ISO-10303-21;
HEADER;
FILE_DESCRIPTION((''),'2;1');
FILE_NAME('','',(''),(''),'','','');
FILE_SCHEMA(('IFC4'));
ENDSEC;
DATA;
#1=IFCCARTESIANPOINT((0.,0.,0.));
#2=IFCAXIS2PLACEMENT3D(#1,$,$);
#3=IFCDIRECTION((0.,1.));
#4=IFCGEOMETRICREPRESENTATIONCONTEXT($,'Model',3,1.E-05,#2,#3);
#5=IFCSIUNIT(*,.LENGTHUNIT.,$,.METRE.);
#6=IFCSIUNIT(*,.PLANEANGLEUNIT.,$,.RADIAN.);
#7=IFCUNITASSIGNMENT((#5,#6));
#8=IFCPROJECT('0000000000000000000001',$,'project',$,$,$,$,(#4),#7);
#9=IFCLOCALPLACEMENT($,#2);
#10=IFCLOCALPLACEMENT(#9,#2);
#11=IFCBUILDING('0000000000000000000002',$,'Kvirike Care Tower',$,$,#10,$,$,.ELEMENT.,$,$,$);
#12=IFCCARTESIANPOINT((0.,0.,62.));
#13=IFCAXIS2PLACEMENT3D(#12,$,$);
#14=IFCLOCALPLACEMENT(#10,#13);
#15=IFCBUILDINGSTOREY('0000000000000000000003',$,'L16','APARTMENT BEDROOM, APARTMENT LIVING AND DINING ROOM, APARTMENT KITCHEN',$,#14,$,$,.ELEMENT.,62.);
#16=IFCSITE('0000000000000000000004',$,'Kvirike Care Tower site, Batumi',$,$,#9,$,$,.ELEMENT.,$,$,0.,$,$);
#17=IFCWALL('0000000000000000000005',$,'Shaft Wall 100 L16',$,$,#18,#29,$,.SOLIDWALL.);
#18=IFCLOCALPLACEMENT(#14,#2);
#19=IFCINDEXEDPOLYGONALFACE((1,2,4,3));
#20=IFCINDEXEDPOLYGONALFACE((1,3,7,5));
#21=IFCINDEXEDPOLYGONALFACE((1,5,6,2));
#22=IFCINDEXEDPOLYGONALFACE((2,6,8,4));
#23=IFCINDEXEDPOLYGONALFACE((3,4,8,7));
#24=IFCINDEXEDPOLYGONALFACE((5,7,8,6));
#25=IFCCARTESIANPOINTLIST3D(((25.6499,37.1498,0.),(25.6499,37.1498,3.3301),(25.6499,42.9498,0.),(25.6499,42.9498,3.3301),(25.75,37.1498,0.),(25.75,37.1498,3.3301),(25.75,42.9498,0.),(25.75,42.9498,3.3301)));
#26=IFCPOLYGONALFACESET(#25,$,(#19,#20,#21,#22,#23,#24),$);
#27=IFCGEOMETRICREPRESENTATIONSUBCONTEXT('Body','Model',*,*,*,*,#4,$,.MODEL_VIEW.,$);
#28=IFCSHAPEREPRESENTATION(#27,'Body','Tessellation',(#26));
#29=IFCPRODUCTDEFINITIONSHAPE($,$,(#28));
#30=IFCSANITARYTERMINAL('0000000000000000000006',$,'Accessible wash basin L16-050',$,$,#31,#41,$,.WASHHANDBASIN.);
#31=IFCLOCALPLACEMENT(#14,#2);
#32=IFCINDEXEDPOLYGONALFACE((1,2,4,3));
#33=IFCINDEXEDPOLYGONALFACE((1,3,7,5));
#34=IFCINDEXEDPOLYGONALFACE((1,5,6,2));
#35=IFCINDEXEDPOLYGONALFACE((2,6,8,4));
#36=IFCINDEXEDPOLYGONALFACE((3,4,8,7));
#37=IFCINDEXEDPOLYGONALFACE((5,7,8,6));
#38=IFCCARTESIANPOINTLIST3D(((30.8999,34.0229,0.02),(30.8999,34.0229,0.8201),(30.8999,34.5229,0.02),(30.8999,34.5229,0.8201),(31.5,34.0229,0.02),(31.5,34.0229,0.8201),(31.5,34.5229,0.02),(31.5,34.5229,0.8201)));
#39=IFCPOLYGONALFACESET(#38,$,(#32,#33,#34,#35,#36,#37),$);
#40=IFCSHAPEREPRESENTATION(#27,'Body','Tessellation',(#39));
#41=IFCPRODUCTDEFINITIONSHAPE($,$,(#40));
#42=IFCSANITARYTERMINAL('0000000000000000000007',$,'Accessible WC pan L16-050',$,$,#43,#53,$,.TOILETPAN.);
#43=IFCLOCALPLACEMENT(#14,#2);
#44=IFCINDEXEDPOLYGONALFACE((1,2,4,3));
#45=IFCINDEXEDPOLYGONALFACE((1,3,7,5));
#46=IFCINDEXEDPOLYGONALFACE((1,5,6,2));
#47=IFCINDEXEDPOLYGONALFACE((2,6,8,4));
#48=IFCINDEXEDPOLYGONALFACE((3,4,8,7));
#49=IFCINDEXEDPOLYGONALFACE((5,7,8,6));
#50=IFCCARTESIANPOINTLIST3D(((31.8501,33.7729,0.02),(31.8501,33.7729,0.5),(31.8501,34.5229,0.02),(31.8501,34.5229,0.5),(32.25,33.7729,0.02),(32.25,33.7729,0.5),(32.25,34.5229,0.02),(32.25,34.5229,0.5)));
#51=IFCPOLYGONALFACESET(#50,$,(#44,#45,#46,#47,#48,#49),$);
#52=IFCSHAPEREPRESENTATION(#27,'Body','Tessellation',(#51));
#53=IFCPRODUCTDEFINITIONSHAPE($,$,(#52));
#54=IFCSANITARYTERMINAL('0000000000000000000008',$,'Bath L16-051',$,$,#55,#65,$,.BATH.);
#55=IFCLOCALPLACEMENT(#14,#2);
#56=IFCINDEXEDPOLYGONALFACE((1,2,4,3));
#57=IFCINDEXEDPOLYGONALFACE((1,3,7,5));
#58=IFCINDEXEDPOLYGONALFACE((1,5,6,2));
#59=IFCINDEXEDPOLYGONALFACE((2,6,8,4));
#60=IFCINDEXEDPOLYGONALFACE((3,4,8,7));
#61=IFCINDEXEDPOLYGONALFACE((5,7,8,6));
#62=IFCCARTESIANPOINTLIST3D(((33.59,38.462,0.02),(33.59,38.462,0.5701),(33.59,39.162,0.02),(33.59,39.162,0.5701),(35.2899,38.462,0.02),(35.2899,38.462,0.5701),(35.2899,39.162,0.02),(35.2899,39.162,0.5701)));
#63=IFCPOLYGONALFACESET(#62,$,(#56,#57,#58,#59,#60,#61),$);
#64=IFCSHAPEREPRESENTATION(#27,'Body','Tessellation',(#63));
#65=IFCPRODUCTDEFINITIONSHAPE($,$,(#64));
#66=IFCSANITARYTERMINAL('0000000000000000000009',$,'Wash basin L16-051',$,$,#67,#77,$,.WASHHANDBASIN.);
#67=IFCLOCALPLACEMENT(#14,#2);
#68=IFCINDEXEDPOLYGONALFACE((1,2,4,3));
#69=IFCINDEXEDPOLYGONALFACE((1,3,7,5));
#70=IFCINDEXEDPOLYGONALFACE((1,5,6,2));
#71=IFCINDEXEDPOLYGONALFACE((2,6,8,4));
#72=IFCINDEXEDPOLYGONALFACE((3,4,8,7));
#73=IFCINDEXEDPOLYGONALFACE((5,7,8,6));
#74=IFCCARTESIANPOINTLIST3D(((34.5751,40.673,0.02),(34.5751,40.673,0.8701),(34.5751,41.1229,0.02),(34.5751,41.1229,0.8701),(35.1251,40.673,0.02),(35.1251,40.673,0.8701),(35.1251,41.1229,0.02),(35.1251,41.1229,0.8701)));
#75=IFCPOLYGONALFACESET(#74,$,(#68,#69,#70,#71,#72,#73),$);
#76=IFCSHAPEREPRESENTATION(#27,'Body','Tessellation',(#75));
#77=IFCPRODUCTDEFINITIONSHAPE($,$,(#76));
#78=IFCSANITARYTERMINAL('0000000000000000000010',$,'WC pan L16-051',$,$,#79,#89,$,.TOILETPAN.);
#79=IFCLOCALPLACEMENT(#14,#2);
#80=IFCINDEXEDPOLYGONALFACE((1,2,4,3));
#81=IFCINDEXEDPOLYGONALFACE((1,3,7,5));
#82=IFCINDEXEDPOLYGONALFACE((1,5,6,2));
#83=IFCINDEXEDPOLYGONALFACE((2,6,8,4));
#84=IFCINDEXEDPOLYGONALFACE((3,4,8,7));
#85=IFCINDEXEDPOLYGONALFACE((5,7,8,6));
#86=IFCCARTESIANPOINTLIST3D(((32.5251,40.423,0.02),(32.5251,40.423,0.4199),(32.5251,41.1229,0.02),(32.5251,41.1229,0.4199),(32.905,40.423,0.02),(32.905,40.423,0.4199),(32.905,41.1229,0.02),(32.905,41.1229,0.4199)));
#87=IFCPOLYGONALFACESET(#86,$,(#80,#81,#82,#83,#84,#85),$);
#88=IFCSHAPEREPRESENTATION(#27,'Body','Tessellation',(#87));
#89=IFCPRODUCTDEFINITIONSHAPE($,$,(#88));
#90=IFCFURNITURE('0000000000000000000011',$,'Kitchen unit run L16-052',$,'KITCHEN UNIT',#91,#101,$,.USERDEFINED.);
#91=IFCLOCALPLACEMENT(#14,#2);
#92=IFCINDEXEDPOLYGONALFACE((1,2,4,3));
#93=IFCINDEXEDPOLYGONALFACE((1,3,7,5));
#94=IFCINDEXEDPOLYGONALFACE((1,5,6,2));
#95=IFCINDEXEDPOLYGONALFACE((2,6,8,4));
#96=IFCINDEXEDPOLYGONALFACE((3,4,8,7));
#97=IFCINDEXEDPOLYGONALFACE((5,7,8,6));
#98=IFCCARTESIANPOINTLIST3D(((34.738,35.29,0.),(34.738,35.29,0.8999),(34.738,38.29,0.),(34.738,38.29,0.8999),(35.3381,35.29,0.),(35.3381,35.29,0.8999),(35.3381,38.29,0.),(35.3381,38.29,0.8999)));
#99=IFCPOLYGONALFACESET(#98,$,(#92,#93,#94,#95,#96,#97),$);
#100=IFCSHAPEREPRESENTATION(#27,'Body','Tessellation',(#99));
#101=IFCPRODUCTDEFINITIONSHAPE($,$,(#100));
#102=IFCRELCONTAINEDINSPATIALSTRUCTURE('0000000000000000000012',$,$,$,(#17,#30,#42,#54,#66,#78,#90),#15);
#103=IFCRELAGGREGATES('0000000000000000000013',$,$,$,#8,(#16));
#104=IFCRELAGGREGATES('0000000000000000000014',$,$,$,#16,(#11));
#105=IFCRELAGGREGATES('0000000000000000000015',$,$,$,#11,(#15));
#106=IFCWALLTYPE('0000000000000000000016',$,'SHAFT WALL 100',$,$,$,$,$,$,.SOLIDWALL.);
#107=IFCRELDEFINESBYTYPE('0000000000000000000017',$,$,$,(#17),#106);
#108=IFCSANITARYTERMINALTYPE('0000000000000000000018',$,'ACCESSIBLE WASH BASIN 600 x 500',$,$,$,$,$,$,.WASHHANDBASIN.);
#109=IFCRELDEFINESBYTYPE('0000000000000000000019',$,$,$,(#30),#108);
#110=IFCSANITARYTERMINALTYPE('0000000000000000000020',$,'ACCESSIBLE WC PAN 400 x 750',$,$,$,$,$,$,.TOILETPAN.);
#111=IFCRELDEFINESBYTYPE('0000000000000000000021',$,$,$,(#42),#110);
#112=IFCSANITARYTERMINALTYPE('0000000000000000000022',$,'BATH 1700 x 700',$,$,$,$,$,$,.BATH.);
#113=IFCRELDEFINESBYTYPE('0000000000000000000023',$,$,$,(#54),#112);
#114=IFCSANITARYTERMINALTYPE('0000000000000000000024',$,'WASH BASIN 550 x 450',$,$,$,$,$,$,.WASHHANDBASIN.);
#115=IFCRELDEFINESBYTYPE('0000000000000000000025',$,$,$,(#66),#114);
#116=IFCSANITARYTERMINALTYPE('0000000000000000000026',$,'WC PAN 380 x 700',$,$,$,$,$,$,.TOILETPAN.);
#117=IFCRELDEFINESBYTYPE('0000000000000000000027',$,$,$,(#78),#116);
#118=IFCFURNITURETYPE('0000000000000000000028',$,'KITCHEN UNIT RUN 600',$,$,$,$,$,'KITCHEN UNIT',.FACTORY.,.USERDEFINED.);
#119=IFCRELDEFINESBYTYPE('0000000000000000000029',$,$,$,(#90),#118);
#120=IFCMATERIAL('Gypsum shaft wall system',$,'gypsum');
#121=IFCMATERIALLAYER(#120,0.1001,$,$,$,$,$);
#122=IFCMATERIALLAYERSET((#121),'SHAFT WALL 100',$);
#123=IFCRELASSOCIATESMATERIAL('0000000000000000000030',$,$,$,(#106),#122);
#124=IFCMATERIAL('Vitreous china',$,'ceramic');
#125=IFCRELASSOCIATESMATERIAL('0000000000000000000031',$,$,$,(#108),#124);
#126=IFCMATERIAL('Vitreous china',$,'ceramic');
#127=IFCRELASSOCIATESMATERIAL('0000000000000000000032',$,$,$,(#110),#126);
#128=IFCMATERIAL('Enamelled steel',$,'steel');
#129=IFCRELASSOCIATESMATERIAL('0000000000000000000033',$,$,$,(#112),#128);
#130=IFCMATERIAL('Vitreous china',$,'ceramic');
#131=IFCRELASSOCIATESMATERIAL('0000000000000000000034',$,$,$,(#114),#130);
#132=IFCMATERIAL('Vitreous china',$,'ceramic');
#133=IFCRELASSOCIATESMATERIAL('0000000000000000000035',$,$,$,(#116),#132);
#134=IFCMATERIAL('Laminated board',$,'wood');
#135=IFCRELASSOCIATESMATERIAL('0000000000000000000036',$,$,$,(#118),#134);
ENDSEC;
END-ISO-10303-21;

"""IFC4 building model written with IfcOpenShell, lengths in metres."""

from ifc_helpers import new_model, si_unit, direction, frame, frame_2d, origin, origin_2d, place, context, subcontext, project, spatial, rectangle, extrude, material, layer, layer_set, type_object, element, save


model = new_model("IFC4")

# Units and contexts
model_context = context("Model", 3, precision=1e-05, world=origin(), true_north=direction((0.0, 1.0)))
body_context = subcontext(model_context, "Body", "Model", "MODEL_VIEW")
ifc_project = project(units=[si_unit("LENGTHUNIT", "METRE"), si_unit("PLANEANGLEUNIT", "RADIAN")], contexts=[model_context])

# Site, building, storey
site_placement = place(None, origin())
site = spatial("IfcSite", under=ifc_project, at=site_placement, Name="Kvirike Care Tower site, Batumi", CompositionType="ELEMENT", RefElevation=0.0)
building_placement = place(site_placement, origin())
building = spatial("IfcBuilding", under=site, at=building_placement, Name="Kvirike Care Tower", CompositionType="ELEMENT")
storey_placement = place(building_placement, frame((0.0, 0.0, 62.0)))
storey = spatial("IfcBuildingStorey", under=building, at=storey_placement, Name="L16", Description="APARTMENT BEDROOM, APARTMENT LIVING AND DINING ROOM, APARTMENT KITCHEN", CompositionType="ELEMENT", Elevation=62.0)

# Shared definitions
ifc_material_1 = material(Name="Gypsum shaft wall system", Category="gypsum")
ifc_layer_1 = layer(ifc_material_1, 0.1001)
ifc_layer_set_1 = layer_set([ifc_layer_1], Name="SHAFT WALL 100")
wall_type_1 = type_object("IfcWallType", Name="SHAFT WALL 100", PredefinedType="SOLIDWALL", material=ifc_layer_set_1)

# Wall
wall_1_placement = place(storey_placement, frame((25.7, 37.1499, 0.0), z_axis=(0.0, 0.0, 1.0), x_axis=(0.0, 1.0, 0.0)))
element("IfcWall", 1, at=wall_1_placement, inside=storey, type_object=wall_type_1, Name="Shaft Wall 100 L16", PredefinedType="SOLIDWALL", context=body_context, shape_type="SweptSolid", body=[
    extrude(rectangle(XDim=5.8, YDim=0.1001, at=frame_2d((2.8999, 0.0))), origin(), (0.0, 0.0, 1.0), 3.3301),
])

# Sanitary terminals
ifc_material_2 = material(Name="Vitreous china", Category="ceramic")
sanitary_terminal_type_1 = type_object("IfcSanitaryTerminalType", Name="ACCESSIBLE WASH BASIN 600 x 500", PredefinedType="WASHHANDBASIN", material=ifc_material_2)
sanitary_terminal_1_placement = place(storey_placement, frame((31.2, 34.2729, 0.02), z_axis=(0.0, 0.0, 1.0), x_axis=(1.0, 0.0, 0.0)))
element("IfcSanitaryTerminal", 2, at=sanitary_terminal_1_placement, inside=storey, type_object=sanitary_terminal_type_1, Name="Accessible wash basin L16-050", PredefinedType="WASHHANDBASIN", context=body_context, shape_type="SweptSolid", body=[
    extrude(rectangle(XDim=0.6001, YDim=0.5, at=origin_2d()), origin(), (0.0, 0.0, 1.0), 0.8),
])
ifc_material_3 = material(Name="Vitreous china", Category="ceramic")
sanitary_terminal_type_2 = type_object("IfcSanitaryTerminalType", Name="ACCESSIBLE WC PAN 400 x 750", PredefinedType="TOILETPAN", material=ifc_material_3)
sanitary_terminal_2_placement = place(storey_placement, frame((32.05, 34.1479, 0.02), z_axis=(0.0, 0.0, 1.0), x_axis=(1.0, 0.0, 0.0)))
element("IfcSanitaryTerminal", 3, at=sanitary_terminal_2_placement, inside=storey, type_object=sanitary_terminal_type_2, Name="Accessible WC pan L16-050", PredefinedType="TOILETPAN", context=body_context, shape_type="SweptSolid", body=[
    extrude(rectangle(XDim=0.3999, YDim=0.75, at=origin_2d()), origin(), (0.0, 0.0, 1.0), 0.48),
])
ifc_material_4 = material(Name="Enamelled steel", Category="steel")
sanitary_terminal_type_3 = type_object("IfcSanitaryTerminalType", Name="BATH 1700 x 700", PredefinedType="BATH", material=ifc_material_4)
sanitary_terminal_3_placement = place(storey_placement, frame((34.4399, 38.812, 0.02), z_axis=(0.0, 0.0, 1.0), x_axis=(-1.0, 0.0, 0.0)))
element("IfcSanitaryTerminal", 4, at=sanitary_terminal_3_placement, inside=storey, type_object=sanitary_terminal_type_3, Name="Bath L16-051", PredefinedType="BATH", context=body_context, shape_type="SweptSolid", body=[
    extrude(rectangle(XDim=1.7, YDim=0.7, at=origin_2d()), origin(), (0.0, 0.0, 1.0), 0.55),
])
ifc_material_5 = material(Name="Vitreous china", Category="ceramic")
sanitary_terminal_type_4 = type_object("IfcSanitaryTerminalType", Name="WASH BASIN 550 x 450", PredefinedType="WASHHANDBASIN", material=ifc_material_5)
sanitary_terminal_4_placement = place(storey_placement, frame((34.8501, 40.8979, 0.02), z_axis=(0.0, 0.0, 1.0), x_axis=(1.0, 0.0, 0.0)))
element("IfcSanitaryTerminal", 5, at=sanitary_terminal_4_placement, inside=storey, type_object=sanitary_terminal_type_4, Name="Wash basin L16-051", PredefinedType="WASHHANDBASIN", context=body_context, shape_type="SweptSolid", body=[
    extrude(rectangle(XDim=0.55, YDim=0.45, at=origin_2d()), origin(), (0.0, 0.0, 1.0), 0.8501),
])
ifc_material_6 = material(Name="Vitreous china", Category="ceramic")
sanitary_terminal_type_5 = type_object("IfcSanitaryTerminalType", Name="WC PAN 380 x 700", PredefinedType="TOILETPAN", material=ifc_material_6)
sanitary_terminal_5_placement = place(storey_placement, frame((32.7151, 40.7729, 0.02), z_axis=(0.0, 0.0, 1.0), x_axis=(1.0, 0.0, 0.0)))
element("IfcSanitaryTerminal", 6, at=sanitary_terminal_5_placement, inside=storey, type_object=sanitary_terminal_type_5, Name="WC pan L16-051", PredefinedType="TOILETPAN", context=body_context, shape_type="SweptSolid", body=[
    extrude(rectangle(XDim=0.3799, YDim=0.7, at=origin_2d()), origin(), (0.0, 0.0, 1.0), 0.3999),
])

# Furniture
ifc_material_7 = material(Name="Laminated board", Category="wood")
furniture_type = type_object("IfcFurnitureType", Name="KITCHEN UNIT RUN 600", ElementType="KITCHEN UNIT", AssemblyPlace="FACTORY", PredefinedType="USERDEFINED", material=ifc_material_7)
furniture_placement = place(storey_placement, frame((35.0381, 36.79, 0.0), z_axis=(0.0, 0.0, 1.0), x_axis=(0.0, -1.0, 0.0)))
element("IfcFurniture", 7, at=furniture_placement, inside=storey, type_object=furniture_type, Name="Kitchen unit run L16-052", ObjectType="KITCHEN UNIT", PredefinedType="USERDEFINED", context=body_context, shape_type="SweptSolid", body=[
    extrude(rectangle(XDim=3.0, YDim=0.6001, at=origin_2d()), origin(), (0.0, 0.0, 1.0), 0.8999),
])

save(model, "model.ifc")
